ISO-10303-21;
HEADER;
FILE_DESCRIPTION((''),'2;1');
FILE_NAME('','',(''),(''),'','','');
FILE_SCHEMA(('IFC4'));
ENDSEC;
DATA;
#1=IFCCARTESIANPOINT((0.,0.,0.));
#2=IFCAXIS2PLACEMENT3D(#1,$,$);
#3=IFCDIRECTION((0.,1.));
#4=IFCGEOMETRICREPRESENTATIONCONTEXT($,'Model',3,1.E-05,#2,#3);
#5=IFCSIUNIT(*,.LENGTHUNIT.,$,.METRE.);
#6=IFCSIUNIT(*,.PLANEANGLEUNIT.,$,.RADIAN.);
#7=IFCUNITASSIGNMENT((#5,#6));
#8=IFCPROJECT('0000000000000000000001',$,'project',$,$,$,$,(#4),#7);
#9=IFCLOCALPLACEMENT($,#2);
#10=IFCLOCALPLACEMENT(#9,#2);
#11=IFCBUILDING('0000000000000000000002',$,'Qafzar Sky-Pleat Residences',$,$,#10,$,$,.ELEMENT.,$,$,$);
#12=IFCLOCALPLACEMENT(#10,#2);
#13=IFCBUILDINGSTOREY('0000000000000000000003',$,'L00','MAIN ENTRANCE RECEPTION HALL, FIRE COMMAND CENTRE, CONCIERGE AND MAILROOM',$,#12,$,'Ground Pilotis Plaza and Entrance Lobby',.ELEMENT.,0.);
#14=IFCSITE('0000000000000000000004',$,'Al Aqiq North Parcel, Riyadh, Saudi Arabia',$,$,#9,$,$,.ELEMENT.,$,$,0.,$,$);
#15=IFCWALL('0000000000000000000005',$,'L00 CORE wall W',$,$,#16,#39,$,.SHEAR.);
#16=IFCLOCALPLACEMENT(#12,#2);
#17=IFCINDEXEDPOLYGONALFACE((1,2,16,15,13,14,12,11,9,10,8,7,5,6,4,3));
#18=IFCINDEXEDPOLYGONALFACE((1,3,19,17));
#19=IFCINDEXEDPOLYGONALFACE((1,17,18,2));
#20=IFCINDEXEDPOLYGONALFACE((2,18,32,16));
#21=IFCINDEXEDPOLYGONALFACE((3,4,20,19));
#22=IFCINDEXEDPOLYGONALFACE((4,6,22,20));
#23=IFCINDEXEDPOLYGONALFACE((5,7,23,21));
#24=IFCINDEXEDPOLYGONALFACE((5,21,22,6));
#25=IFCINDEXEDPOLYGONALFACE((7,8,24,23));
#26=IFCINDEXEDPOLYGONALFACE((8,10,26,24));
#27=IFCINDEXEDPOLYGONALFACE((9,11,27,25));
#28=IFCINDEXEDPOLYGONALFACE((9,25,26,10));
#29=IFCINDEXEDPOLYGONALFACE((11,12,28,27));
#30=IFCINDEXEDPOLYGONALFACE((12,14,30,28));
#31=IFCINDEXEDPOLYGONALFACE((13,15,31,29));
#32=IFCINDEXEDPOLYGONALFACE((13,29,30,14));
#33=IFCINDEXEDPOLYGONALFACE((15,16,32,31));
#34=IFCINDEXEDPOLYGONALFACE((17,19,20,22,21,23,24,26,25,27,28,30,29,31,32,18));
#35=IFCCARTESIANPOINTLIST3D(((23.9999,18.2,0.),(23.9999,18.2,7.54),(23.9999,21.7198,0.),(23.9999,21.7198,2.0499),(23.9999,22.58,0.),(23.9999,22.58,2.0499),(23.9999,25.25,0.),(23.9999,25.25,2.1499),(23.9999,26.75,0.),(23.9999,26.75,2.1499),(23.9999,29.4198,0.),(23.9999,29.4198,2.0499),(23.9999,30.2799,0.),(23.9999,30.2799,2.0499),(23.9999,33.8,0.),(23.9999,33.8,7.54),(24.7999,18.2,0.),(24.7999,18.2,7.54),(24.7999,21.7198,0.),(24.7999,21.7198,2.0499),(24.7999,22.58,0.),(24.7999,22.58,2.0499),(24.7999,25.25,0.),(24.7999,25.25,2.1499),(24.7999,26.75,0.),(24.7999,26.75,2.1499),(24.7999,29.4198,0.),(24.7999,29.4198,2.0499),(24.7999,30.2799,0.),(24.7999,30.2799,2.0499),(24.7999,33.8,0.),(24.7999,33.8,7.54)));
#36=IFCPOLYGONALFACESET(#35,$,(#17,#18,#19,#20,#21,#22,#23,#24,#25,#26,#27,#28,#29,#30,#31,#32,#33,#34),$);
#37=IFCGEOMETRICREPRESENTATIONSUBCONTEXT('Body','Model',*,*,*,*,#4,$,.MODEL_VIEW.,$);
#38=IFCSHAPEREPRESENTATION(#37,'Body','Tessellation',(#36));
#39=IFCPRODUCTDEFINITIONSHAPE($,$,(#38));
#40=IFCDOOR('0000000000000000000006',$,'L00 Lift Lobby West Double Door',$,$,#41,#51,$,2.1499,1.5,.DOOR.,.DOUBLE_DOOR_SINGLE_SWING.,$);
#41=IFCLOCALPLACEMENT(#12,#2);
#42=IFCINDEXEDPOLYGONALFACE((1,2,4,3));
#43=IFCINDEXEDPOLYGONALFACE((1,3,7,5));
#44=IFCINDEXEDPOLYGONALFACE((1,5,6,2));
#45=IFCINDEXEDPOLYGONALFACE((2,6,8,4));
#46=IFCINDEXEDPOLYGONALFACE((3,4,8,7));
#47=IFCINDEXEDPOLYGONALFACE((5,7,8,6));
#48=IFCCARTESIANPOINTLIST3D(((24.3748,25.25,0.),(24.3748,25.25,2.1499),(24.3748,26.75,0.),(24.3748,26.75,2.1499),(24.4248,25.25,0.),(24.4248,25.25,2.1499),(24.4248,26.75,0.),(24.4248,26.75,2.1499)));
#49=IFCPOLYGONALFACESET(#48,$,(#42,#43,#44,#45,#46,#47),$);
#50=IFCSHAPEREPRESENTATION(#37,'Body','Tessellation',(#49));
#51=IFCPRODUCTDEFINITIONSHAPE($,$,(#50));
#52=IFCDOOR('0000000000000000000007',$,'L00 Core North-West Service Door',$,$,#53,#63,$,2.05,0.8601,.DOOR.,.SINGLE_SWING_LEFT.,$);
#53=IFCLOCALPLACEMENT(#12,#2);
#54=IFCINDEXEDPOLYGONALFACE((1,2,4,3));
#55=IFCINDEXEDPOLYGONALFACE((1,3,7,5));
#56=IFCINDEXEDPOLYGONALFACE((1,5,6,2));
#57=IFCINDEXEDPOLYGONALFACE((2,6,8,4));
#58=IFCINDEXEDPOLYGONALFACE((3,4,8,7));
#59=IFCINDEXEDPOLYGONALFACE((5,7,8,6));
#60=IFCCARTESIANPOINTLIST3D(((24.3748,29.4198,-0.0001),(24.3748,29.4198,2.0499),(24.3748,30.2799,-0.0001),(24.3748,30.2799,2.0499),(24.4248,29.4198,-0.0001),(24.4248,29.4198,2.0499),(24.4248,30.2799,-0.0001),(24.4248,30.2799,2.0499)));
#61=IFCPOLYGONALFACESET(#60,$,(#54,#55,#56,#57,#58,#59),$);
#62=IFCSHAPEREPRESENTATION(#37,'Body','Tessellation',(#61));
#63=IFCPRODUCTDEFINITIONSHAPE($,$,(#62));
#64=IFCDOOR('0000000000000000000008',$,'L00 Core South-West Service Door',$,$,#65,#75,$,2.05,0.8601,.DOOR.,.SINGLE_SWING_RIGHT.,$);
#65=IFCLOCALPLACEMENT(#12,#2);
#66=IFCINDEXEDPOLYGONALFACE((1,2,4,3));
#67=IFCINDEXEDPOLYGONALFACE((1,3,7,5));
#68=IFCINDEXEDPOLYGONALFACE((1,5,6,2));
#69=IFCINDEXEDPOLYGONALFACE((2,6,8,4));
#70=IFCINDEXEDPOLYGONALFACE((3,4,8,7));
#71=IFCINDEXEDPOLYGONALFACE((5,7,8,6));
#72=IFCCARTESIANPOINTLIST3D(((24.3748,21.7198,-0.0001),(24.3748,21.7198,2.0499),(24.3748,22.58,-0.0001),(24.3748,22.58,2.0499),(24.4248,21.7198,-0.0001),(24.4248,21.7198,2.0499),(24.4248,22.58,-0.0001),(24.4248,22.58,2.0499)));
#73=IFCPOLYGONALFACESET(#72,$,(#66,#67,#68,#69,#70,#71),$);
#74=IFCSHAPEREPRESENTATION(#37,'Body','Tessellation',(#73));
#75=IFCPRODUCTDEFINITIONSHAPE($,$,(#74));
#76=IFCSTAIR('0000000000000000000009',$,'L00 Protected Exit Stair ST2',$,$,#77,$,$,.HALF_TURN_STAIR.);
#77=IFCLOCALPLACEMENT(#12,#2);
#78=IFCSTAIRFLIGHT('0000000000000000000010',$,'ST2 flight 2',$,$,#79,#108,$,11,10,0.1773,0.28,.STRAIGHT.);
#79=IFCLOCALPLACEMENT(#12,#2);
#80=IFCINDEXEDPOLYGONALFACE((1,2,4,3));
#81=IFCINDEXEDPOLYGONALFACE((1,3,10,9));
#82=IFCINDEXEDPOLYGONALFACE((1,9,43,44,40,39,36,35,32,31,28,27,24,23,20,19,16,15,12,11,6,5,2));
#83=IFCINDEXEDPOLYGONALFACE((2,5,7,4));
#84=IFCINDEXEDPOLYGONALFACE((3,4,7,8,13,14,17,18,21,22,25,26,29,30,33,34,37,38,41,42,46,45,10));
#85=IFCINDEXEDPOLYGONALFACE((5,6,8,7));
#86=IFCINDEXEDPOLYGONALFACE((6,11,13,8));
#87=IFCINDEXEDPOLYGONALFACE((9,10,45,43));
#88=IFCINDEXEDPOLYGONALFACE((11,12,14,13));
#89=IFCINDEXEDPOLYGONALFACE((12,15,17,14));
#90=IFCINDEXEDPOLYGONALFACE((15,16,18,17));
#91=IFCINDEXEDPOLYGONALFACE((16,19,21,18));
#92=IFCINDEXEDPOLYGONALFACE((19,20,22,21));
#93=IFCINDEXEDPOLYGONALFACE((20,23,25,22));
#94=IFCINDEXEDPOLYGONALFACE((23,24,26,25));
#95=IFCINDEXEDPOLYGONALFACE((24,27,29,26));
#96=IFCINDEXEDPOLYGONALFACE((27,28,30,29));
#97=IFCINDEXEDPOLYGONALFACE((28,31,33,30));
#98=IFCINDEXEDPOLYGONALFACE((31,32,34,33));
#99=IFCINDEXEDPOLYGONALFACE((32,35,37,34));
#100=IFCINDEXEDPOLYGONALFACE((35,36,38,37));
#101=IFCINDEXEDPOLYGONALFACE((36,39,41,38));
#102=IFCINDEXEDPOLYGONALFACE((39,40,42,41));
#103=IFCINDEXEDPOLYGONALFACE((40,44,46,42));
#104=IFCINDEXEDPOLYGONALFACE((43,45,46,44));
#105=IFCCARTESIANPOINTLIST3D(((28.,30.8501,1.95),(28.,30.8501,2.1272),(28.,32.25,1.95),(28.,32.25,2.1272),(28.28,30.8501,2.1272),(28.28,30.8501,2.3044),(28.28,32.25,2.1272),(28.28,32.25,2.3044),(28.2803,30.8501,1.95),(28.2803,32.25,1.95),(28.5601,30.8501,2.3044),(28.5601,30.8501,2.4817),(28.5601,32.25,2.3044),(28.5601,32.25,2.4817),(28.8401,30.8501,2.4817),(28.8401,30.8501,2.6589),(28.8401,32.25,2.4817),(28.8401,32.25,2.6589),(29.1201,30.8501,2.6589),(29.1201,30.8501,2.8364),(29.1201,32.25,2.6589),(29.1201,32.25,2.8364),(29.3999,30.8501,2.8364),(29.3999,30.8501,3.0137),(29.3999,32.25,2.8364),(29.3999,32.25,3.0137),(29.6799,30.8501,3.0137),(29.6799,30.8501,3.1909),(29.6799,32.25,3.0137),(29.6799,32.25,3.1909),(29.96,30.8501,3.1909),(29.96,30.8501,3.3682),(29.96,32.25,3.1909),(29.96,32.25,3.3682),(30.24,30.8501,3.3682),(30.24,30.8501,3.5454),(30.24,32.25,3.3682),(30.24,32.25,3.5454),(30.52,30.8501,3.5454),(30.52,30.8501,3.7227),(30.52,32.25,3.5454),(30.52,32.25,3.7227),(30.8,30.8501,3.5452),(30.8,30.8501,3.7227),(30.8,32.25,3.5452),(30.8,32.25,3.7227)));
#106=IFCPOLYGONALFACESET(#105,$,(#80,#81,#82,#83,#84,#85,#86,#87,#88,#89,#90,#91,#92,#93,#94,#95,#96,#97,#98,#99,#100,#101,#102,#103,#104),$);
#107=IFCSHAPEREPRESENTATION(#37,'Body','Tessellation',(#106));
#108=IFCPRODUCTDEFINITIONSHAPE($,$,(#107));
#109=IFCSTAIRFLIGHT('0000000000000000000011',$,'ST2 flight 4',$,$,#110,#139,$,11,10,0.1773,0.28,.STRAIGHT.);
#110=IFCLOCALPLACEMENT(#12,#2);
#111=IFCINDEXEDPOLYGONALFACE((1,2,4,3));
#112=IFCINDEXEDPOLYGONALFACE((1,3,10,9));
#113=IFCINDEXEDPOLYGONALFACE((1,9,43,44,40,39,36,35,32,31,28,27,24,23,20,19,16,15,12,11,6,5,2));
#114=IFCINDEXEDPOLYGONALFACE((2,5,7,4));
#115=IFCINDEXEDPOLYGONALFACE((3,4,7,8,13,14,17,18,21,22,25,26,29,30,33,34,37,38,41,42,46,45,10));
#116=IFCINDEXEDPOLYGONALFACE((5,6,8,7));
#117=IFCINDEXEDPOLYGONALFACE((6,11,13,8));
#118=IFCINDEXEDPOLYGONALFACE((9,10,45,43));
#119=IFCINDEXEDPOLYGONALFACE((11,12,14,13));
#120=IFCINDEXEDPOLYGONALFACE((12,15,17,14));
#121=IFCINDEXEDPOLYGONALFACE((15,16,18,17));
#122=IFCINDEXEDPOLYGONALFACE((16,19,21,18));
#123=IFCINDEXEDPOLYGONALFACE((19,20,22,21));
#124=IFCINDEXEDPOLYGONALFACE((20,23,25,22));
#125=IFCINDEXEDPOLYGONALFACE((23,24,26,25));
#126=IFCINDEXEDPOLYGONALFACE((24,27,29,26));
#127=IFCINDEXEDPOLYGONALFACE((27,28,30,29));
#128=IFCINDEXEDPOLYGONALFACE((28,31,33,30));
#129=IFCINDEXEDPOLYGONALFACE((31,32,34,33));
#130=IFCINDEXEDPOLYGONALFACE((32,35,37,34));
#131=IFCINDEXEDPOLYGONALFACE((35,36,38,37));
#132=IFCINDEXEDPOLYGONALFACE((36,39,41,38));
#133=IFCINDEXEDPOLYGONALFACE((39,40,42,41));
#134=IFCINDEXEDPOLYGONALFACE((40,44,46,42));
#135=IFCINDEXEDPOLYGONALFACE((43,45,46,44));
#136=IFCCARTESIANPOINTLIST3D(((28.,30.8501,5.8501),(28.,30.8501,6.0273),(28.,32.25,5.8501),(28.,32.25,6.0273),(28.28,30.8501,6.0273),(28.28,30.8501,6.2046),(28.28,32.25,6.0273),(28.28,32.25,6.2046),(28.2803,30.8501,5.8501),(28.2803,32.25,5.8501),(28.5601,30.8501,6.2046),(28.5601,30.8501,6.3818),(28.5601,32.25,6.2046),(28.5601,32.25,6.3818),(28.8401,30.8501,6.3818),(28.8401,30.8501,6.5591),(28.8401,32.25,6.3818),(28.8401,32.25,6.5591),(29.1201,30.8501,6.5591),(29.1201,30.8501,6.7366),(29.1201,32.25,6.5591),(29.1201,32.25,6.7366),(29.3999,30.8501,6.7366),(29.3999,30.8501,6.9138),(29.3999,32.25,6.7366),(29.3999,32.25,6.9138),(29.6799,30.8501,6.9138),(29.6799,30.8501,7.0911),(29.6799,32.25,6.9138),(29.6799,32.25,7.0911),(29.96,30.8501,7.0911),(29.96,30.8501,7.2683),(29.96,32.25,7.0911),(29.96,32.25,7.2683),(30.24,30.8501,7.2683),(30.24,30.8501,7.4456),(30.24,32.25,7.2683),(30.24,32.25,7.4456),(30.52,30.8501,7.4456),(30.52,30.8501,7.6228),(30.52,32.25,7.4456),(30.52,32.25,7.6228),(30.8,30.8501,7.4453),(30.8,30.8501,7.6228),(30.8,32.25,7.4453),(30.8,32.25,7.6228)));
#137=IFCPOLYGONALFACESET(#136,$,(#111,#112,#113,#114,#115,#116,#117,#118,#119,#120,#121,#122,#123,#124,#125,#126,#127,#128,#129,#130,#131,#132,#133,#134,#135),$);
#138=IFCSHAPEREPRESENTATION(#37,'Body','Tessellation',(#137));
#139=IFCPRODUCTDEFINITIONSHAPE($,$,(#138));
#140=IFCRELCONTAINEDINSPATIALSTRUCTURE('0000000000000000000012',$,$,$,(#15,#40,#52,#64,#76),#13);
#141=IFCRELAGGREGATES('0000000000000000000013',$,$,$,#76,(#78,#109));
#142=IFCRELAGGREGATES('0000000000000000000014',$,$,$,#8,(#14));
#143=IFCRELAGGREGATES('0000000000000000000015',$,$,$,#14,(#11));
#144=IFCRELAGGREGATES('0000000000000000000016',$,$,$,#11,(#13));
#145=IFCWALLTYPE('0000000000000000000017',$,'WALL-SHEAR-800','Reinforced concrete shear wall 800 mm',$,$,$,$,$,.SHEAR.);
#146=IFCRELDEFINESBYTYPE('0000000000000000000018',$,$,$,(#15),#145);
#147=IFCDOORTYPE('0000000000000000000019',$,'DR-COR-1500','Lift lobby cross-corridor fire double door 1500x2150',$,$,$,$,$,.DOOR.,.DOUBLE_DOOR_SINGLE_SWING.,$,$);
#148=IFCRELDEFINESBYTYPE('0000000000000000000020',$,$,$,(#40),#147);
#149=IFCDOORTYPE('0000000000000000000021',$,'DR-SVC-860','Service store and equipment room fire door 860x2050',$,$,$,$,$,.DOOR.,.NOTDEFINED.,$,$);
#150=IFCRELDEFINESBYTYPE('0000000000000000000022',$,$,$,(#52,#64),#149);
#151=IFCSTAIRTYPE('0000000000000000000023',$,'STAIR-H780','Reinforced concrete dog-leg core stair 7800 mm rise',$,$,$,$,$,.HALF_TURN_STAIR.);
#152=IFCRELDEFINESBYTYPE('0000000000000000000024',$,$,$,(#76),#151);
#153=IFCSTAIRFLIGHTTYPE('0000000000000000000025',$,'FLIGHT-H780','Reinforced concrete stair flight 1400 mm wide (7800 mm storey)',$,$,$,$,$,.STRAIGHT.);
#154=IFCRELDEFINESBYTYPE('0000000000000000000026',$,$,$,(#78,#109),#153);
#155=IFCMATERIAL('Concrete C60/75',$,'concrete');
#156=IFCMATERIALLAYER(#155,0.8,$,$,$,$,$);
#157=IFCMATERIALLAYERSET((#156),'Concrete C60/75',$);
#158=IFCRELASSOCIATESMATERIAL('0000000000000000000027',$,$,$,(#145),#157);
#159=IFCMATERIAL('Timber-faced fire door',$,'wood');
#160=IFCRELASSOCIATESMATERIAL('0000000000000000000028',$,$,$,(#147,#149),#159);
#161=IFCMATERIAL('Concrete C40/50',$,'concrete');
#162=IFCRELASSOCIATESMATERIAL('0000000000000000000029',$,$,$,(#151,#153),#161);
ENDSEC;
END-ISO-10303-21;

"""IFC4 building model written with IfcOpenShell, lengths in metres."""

from ifc_helpers import new_model, si_unit, direction, frame, frame_2d, origin, place, context, subcontext, project, spatial, polyline, rectangle, outline, extrude, source, transform, mapped, material, layer, layer_set, type_object, element, fill, aggregate, save


model = new_model("IFC4")

# Units and contexts
model_context = context("Model", 3, precision=1e-05, world=origin(), true_north=direction((0.0, 1.0)))
body_context = subcontext(model_context, "Body", "Model", "MODEL_VIEW")
ifc_project = project(units=[si_unit("LENGTHUNIT", "METRE"), si_unit("PLANEANGLEUNIT", "RADIAN")], contexts=[model_context])

# Site, building, storey
site_placement = place(None, origin())
site = spatial("IfcSite", under=ifc_project, at=site_placement, Name="Al Aqiq North Parcel, Riyadh, Saudi Arabia", CompositionType="ELEMENT", RefElevation=0.0)
building_placement = place(site_placement, origin())
building = spatial("IfcBuilding", under=site, at=building_placement, Name="Qafzar Sky-Pleat Residences", CompositionType="ELEMENT")
storey_placement = place(building_placement, origin())
storey = spatial("IfcBuildingStorey", under=building, at=storey_placement, Name="L00", Description="MAIN ENTRANCE RECEPTION HALL, FIRE COMMAND CENTRE, CONCIERGE AND MAILROOM", LongName="Ground Pilotis Plaza and Entrance Lobby", CompositionType="ELEMENT", Elevation=0.0)

# Shared definitions
ifc_material_1 = material(Name="Concrete C60/75", Category="concrete")

# Wall, openings, doors
ifc_layer_1 = layer(ifc_material_1, 0.8)
ifc_layer_set_1 = layer_set([ifc_layer_1], Name="Concrete C60/75")
wall_type_1 = type_object("IfcWallType", Name="WALL-SHEAR-800", Description="Reinforced concrete shear wall 800 mm", PredefinedType="SHEAR", material=ifc_layer_set_1)
wall_1_placement = place(storey_placement, frame((24.3999, 33.8, 0.0), z_axis=(0.0, 0.0, 1.0), x_axis=(0.0, -1.0, 0.0)))
wall_1 = element("IfcWall", 1, at=wall_1_placement, inside=storey, type_object=wall_type_1, Name="L00 CORE wall W", PredefinedType="SHEAR", context=body_context, shape_type="SweptSolid", body=[
    extrude(rectangle(XDim=15.6001, YDim=0.8, at=frame_2d((7.8, 0.0))), origin(), (0.0, 0.0, 1.0), 7.54),
])
opening_1_placement = place(wall_1_placement, frame((7.05, 0.0, 0.0)))
opening_1 = element("IfcOpeningElement", 2, at=opening_1_placement, cuts=wall_1, PredefinedType="OPENING", context=body_context, shape_type="SweptSolid", body=[
    extrude(rectangle(XDim=1.5, YDim=2.1499, at=frame_2d((0.75, 1.075))), frame((0.0, 0.4102, 0.0), z_axis=(0.0, -1.0, 0.0), x_axis=(1.0, 0.0, 0.0)), (0.0, 0.0, 1.0), 0.8201),
])
opening_2_placement = place(wall_1_placement, frame((3.52, 0.0, 0.0)))
opening_2 = element("IfcOpeningElement", 3, at=opening_2_placement, cuts=wall_1, PredefinedType="OPENING", context=body_context, shape_type="SweptSolid", body=[
    extrude(rectangle(XDim=0.8601, YDim=2.05, at=frame_2d((0.4302, 1.0249))), frame((0.0, 0.4102, 0.0), z_axis=(0.0, -1.0, 0.0), x_axis=(1.0, 0.0, 0.0)), (0.0, 0.0, 1.0), 0.8201),
])
opening_3_placement = place(wall_1_placement, frame((11.22, 0.0, 0.0)))
opening_3 = element("IfcOpeningElement", 4, at=opening_3_placement, cuts=wall_1, PredefinedType="OPENING", context=body_context, shape_type="SweptSolid", body=[
    extrude(rectangle(XDim=0.8601, YDim=2.05, at=frame_2d((0.4302, 1.0249))), frame((0.0, 0.4102, 0.0), z_axis=(0.0, -1.0, 0.0), x_axis=(1.0, 0.0, 0.0)), (0.0, 0.0, 1.0), 0.8201),
])
ifc_material_2 = material(Name="Timber-faced fire door", Category="wood")
door_type_1 = type_object("IfcDoorType", Name="DR-COR-1500", Description="Lift lobby cross-corridor fire double door 1500x2150", OperationType="DOUBLE_DOOR_SINGLE_SWING", PredefinedType="DOOR", material=ifc_material_2)
shared_shape_1 = source(origin(), body_context, "Body", "SweptSolid", [
    extrude(rectangle(XDim=1.5, YDim=2.1499, at=frame_2d((0.75, 1.075))), frame((0.0, 0.0249, 0.0), z_axis=(0.0, -1.0, 0.0), x_axis=(1.0, 0.0, 0.0)), (0.0, 0.0, 1.0), 0.05),
])
door_1_placement = place(opening_1_placement, origin())
door_1 = element("IfcDoor", 5, at=door_1_placement, inside=storey, type_object=door_type_1, Name="L00 Lift Lobby West Double Door", OperationType="DOUBLE_DOOR_SINGLE_SWING", OverallHeight=2.1499, OverallWidth=1.5, PredefinedType="DOOR", context=body_context, shape_type="MappedRepresentation", body=[
    mapped(shared_shape_1, transform((0.0, 0.0, 0.0), x_axis=(1.0, 0.0, 0.0), y_axis=(0.0, 1.0, 0.0), z_axis=(0.0, 0.0, 1.0), scale=1.0)),
])
fill(opening_1, door_1)
door_type_2 = type_object("IfcDoorType", Name="DR-SVC-860", Description="Service store and equipment room fire door 860x2050", OperationType="NOTDEFINED", PredefinedType="DOOR", material=ifc_material_2)
shared_shape_2 = source(origin(), body_context, "Body", "SweptSolid", [
    extrude(rectangle(XDim=0.8601, YDim=2.05, at=frame_2d((0.4302, 1.0249))), frame((0.0, 0.0249, 0.0), z_axis=(0.0, -1.0, 0.0), x_axis=(1.0, 0.0, 0.0)), (0.0, 0.0, 1.0), 0.05),
])
door_2_placement = place(opening_2_placement, origin())
door_2 = element("IfcDoor", 6, at=door_2_placement, inside=storey, type_object=door_type_2, Name="L00 Core North-West Service Door", OperationType="SINGLE_SWING_LEFT", OverallHeight=2.05, OverallWidth=0.8601, PredefinedType="DOOR", context=body_context, shape_type="MappedRepresentation", body=[
    mapped(shared_shape_2, transform((0.0, 0.0, 0.0), x_axis=(1.0, 0.0, 0.0), y_axis=(0.0, 1.0, 0.0), z_axis=(0.0, 0.0, 1.0), scale=1.0)),
])
fill(opening_2, door_2)
door_3_placement = place(opening_3_placement, origin())
door_3 = element("IfcDoor", 7, at=door_3_placement, inside=storey, type_object=door_type_2, Name="L00 Core South-West Service Door", OperationType="SINGLE_SWING_RIGHT", OverallHeight=2.05, OverallWidth=0.8601, PredefinedType="DOOR", context=body_context, shape_type="MappedRepresentation", body=[
    mapped(shared_shape_2, transform((0.0, 0.0, 0.0), x_axis=(1.0, 0.0, 0.0), y_axis=(0.0, 1.0, 0.0), z_axis=(0.0, 0.0, 1.0), scale=1.0)),
])
fill(opening_3, door_3)

# Stair, stair flights
ifc_material_3 = material(Name="Concrete C40/50", Category="concrete")
stair_type = type_object("IfcStairType", Name="STAIR-H780", Description="Reinforced concrete dog-leg core stair 7800 mm rise", PredefinedType="HALF_TURN_STAIR", material=ifc_material_3)
stair_placement = place(storey_placement, origin())
stair = element("IfcStair", 8, at=stair_placement, inside=storey, type_object=stair_type, Name="L00 Protected Exit Stair ST2", PredefinedType="HALF_TURN_STAIR")
stair_flight_type = type_object("IfcStairFlightType", Name="FLIGHT-H780", Description="Reinforced concrete stair flight 1400 mm wide (7800 mm storey)", PredefinedType="STRAIGHT", material=ifc_material_3)
shared_shape_3 = source(origin(), body_context, "Body", "SweptSolid", [
    extrude(outline(polyline([(0.0, 0.0), (0.0, 0.1772), (0.28, 0.1772), (0.28, 0.3545), (0.5601, 0.3545), (0.5601, 0.5317), (0.8401, 0.5317), (0.8401, 0.709), (1.1201, 0.709), (1.1201, 0.8865), (1.3999, 0.8865), (1.3999, 1.0637), (1.6799, 1.0637), (1.6799, 1.241), (1.96, 1.241), (1.96, 1.4182), (2.24, 1.4182), (2.24, 1.5955), (2.52, 1.5955), (2.52, 1.7727), (2.8, 1.7727), (2.8, 1.95), (2.8, 1.5952), (0.2803, 0.0), (0.0, 0.0)])), frame((0.0, 0.7, 0.0), z_axis=(0.0, -1.0, 0.0), x_axis=(1.0, 0.0, 0.0)), (0.0, 0.0, 1.0), 1.3999),
])
stair_flight_1_placement = place(storey_placement, frame((28.0, 31.55, 1.95), z_axis=(0.0, 0.0, 1.0), x_axis=(1.0, 0.0, 0.0)))
stair_flight_1 = element("IfcStairFlight", 9, at=stair_flight_1_placement, type_object=stair_flight_type, Name="ST2 flight 2", NumberOfRisers=11, NumberOfTreads=10, PredefinedType="STRAIGHT", RiserHeight=0.1773, TreadLength=0.28, context=body_context, shape_type="MappedRepresentation", body=[
    mapped(shared_shape_3, transform((0.0, 0.0, 0.0), x_axis=(1.0, 0.0, 0.0), y_axis=(0.0, 1.0, 0.0), z_axis=(0.0, 0.0, 1.0), scale=1.0)),
])
stair_flight_2_placement = place(storey_placement, frame((28.0, 31.55, 5.8501), z_axis=(0.0, 0.0, 1.0), x_axis=(1.0, 0.0, 0.0)))
stair_flight_2 = element("IfcStairFlight", 10, at=stair_flight_2_placement, type_object=stair_flight_type, Name="ST2 flight 4", NumberOfRisers=11, NumberOfTreads=10, PredefinedType="STRAIGHT", RiserHeight=0.1773, TreadLength=0.28, context=body_context, shape_type="MappedRepresentation", body=[
    mapped(shared_shape_3, transform((0.0, 0.0, 0.0), x_axis=(1.0, 0.0, 0.0), y_axis=(0.0, 1.0, 0.0), z_axis=(0.0, 0.0, 1.0), scale=1.0)),
])
aggregate(stair, [stair_flight_1, stair_flight_2])

save(model, "model.ifc")
